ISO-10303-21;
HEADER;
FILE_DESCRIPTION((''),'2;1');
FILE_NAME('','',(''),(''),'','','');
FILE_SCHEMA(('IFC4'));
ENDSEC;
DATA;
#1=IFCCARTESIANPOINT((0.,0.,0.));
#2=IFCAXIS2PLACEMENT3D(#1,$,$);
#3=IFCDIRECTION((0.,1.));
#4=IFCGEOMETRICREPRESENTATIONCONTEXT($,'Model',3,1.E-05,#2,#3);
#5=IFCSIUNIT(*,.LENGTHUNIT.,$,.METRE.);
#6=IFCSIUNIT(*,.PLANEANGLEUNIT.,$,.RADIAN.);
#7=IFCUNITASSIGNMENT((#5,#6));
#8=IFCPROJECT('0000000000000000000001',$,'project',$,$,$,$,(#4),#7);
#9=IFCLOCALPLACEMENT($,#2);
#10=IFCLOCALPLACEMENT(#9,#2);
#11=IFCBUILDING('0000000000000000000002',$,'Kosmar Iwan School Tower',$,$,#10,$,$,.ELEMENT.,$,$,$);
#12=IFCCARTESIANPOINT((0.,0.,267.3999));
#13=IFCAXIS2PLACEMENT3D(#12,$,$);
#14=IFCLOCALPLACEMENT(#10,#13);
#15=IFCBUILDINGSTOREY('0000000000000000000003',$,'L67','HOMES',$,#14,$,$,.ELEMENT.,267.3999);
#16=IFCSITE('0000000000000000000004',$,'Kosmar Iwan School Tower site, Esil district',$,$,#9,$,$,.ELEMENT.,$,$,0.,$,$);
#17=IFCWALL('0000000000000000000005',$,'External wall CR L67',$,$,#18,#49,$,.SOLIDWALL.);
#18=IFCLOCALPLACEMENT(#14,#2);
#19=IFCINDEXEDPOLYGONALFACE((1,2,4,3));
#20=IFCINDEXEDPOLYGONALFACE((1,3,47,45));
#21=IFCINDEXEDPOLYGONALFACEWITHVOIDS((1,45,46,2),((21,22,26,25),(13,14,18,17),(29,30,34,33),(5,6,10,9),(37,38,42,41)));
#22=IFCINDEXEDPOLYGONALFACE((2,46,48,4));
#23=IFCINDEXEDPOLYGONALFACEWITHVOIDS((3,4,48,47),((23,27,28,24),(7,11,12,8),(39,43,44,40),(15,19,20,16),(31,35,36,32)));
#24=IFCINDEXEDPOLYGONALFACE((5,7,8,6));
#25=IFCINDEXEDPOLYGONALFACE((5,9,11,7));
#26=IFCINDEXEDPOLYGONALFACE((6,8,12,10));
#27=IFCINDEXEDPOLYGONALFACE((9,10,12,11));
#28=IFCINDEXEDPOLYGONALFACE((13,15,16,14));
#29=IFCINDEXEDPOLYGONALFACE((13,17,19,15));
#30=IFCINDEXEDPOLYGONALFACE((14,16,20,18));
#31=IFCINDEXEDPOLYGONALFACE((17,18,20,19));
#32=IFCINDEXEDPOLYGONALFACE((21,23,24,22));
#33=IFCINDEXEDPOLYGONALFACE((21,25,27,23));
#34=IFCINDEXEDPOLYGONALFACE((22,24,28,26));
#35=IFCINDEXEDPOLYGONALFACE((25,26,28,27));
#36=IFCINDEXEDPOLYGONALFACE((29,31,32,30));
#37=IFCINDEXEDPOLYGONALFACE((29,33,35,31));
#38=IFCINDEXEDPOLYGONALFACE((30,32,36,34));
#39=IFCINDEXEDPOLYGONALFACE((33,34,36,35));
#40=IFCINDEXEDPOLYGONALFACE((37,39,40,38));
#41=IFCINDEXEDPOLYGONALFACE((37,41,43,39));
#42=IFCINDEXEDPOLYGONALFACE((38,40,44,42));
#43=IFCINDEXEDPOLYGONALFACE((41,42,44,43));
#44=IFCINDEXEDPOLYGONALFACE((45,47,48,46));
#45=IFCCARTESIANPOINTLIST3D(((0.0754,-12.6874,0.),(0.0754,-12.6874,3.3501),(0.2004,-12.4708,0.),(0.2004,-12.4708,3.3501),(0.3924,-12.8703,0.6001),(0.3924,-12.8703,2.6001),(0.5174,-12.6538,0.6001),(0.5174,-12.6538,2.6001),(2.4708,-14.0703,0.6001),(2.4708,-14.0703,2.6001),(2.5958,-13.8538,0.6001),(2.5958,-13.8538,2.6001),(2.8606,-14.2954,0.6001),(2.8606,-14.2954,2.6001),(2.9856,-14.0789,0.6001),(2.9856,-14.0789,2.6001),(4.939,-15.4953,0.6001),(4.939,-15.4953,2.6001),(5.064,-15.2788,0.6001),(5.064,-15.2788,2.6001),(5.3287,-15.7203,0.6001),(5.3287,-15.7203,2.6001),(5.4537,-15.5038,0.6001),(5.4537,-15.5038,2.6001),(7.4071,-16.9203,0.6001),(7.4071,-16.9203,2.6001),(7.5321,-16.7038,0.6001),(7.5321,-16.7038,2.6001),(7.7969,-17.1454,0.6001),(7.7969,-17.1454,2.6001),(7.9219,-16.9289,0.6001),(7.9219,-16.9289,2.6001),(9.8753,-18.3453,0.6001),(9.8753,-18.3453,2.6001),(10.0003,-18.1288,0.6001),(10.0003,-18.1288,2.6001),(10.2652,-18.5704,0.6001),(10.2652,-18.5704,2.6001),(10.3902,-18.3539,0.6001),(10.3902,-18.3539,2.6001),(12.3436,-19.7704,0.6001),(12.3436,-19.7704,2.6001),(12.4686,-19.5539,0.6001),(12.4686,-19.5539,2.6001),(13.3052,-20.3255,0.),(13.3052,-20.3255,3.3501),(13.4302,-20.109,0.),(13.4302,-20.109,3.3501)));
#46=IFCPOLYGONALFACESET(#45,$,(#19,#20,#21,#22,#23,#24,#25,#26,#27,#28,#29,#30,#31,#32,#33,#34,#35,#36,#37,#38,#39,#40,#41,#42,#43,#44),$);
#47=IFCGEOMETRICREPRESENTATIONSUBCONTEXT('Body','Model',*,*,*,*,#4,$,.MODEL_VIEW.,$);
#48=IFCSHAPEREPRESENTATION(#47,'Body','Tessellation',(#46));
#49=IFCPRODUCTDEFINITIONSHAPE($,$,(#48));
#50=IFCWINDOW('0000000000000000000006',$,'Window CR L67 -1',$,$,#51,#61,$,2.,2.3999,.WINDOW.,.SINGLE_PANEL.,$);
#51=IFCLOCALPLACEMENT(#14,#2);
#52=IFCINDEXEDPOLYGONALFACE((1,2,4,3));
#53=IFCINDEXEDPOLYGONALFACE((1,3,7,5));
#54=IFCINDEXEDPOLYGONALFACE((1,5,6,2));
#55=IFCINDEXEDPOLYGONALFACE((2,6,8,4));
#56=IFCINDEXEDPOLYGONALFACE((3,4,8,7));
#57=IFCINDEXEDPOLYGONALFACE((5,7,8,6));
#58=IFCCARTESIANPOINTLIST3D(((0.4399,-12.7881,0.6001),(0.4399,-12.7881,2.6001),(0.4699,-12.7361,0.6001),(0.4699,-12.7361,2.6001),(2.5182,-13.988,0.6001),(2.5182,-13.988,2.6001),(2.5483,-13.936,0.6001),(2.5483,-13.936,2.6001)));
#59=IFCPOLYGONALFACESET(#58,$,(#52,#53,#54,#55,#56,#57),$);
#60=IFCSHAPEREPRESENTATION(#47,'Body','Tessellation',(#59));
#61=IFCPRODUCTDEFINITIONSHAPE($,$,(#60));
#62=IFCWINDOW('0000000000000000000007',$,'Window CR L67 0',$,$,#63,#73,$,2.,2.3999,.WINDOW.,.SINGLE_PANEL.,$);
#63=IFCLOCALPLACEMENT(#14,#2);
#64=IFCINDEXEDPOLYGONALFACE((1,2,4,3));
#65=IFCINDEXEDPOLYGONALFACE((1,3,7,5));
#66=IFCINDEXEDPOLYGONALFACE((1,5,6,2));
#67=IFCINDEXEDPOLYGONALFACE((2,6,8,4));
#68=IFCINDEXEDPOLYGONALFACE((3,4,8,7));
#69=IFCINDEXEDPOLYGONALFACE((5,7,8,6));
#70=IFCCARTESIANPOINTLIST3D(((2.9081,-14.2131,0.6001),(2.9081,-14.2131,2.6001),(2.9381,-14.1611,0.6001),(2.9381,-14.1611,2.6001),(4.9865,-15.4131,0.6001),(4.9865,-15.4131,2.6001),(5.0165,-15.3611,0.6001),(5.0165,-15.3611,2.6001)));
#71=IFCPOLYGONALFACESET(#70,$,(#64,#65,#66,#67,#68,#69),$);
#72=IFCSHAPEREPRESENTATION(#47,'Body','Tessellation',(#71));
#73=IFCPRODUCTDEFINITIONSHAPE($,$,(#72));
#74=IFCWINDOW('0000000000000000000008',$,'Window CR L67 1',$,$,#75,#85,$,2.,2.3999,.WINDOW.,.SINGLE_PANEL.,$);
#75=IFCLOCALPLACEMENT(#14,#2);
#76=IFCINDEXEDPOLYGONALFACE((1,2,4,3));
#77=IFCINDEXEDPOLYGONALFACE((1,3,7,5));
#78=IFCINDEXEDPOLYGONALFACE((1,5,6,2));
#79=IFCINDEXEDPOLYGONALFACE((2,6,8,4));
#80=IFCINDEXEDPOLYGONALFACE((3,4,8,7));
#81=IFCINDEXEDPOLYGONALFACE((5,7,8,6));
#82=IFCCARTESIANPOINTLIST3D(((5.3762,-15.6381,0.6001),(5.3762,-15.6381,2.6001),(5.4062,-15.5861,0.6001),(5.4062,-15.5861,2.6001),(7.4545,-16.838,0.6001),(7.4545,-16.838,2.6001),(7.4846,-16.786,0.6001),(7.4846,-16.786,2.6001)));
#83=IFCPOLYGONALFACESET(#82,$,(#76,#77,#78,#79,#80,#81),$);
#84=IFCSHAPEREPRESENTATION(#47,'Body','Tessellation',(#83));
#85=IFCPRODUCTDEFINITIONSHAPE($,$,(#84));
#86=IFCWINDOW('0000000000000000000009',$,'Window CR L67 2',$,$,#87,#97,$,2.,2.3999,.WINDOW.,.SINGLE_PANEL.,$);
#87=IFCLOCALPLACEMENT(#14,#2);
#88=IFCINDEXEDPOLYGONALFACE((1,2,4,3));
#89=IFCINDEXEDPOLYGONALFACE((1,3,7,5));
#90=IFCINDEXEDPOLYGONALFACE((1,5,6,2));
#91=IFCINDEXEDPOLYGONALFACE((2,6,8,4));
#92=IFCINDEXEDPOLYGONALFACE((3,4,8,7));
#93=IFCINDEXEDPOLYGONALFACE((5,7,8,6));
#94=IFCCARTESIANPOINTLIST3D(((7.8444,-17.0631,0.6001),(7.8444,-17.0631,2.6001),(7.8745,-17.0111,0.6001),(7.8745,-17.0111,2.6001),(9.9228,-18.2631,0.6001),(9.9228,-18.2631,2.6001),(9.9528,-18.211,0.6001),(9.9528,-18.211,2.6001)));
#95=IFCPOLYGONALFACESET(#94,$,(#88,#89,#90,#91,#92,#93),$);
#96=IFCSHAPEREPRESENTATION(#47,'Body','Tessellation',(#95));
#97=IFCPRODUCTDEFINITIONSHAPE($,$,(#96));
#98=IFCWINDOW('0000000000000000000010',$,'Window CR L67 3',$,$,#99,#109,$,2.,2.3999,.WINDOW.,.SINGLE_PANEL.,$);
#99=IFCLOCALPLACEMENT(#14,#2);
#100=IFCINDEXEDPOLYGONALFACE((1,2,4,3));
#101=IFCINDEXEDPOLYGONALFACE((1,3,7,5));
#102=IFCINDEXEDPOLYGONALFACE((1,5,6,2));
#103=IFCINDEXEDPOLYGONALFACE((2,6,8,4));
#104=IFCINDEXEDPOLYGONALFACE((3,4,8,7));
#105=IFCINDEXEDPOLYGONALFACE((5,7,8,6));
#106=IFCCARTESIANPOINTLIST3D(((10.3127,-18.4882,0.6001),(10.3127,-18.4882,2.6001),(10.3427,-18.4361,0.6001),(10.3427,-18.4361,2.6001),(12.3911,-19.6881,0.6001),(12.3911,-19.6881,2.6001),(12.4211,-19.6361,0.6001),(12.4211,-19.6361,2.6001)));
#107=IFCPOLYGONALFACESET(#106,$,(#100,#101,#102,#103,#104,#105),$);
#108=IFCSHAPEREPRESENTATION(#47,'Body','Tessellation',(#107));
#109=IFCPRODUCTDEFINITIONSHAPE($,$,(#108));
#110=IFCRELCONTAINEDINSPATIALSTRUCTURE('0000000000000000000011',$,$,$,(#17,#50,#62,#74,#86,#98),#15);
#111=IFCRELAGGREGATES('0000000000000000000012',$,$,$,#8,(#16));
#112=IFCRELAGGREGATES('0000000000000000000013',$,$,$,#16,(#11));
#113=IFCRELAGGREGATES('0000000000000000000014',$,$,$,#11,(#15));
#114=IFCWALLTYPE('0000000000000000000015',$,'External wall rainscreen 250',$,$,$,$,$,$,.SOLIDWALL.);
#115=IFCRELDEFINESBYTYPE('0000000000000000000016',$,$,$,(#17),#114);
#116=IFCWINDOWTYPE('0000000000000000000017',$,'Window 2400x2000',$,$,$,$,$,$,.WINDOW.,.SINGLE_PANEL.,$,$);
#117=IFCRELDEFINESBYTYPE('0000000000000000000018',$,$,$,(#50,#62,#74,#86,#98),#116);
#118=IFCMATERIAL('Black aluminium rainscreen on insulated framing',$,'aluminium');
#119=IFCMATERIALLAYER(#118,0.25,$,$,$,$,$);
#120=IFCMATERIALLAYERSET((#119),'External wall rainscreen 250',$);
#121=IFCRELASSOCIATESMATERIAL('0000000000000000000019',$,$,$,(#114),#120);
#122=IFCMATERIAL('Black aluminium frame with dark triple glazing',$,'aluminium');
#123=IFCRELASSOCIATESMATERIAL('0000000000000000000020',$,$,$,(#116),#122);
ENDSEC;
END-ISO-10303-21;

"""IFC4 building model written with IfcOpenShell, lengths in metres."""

from ifc_helpers import new_model, si_unit, direction, frame, frame_2d, origin, place, context, subcontext, project, spatial, rectangle, extrude, material, layer, layer_set, type_object, element, fill, save


model = new_model("IFC4")

# Units and contexts
model_context = context("Model", 3, precision=1e-05, world=origin(), true_north=direction((0.0, 1.0)))
body_context = subcontext(model_context, "Body", "Model", "MODEL_VIEW")
ifc_project = project(units=[si_unit("LENGTHUNIT", "METRE"), si_unit("PLANEANGLEUNIT", "RADIAN")], contexts=[model_context])

# Site, building, storey
site_placement = place(None, origin())
site = spatial("IfcSite", under=ifc_project, at=site_placement, Name="Kosmar Iwan School Tower site, Esil district", CompositionType="ELEMENT", RefElevation=0.0)
building_placement = place(site_placement, origin())
building = spatial("IfcBuilding", under=site, at=building_placement, Name="Kosmar Iwan School Tower", CompositionType="ELEMENT")
storey_placement = place(building_placement, frame((0.0, 0.0, 267.3999)))
storey = spatial("IfcBuildingStorey", under=building, at=storey_placement, Name="L67", Description="HOMES", CompositionType="ELEMENT", Elevation=267.3999)

# Wall, openings, windows
ifc_material_1 = material(Name="Black aluminium rainscreen on insulated framing", Category="aluminium")
ifc_layer_1 = layer(ifc_material_1, 0.25)
ifc_layer_set_1 = layer_set([ifc_layer_1], Name="External wall rainscreen 250")
wall_type_1 = type_object("IfcWallType", Name="External wall rainscreen 250", PredefinedType="SOLIDWALL", material=ifc_layer_set_1)
ifc_material_2 = material(Name="Black aluminium frame with dark triple glazing", Category="aluminium")
window_type = type_object("IfcWindowType", Name="Window 2400x2000", PartitioningType="SINGLE_PANEL", PredefinedType="WINDOW", material=ifc_material_2)
wall_1_placement = place(storey_placement, frame((0.1379, -12.5791, 0.0), z_axis=(0.0, 0.0, 1.0), x_axis=(0.866026, -0.5, 0.0)))
wall_1 = element("IfcWall", 1, at=wall_1_placement, inside=storey, type_object=wall_type_1, Name="External wall CR L67", PredefinedType="SOLIDWALL", context=body_context, shape_type="SweptSolid", body=[
    extrude(rectangle(XDim=15.2764, YDim=0.25, at=frame_2d((7.6382, 0.0))), origin(), (0.0, 0.0, 1.0), 3.3501),
])
opening_1_placement = place(wall_1_placement, frame((0.366, 0.0, 0.6001)))
opening_1 = element("IfcOpeningElement", 2, at=opening_1_placement, cuts=wall_1, PredefinedType="OPENING", context=body_context, shape_type="SweptSolid", body=[
    extrude(rectangle(XDim=2.3999, YDim=2.0, at=frame_2d((1.2, 1.0))), frame((0.0, 0.137, 0.0), z_axis=(0.0, -1.0, 0.0), x_axis=(1.0, 0.0, 0.0)), (0.0, 0.0, 1.0), 0.2739),
])
opening_2_placement = place(wall_1_placement, frame((3.2161, 0.0, 0.6001)))
opening_2 = element("IfcOpeningElement", 3, at=opening_2_placement, cuts=wall_1, PredefinedType="OPENING", context=body_context, shape_type="SweptSolid", body=[
    extrude(rectangle(XDim=2.3999, YDim=2.0, at=frame_2d((1.2, 1.0))), frame((0.0, 0.137, 0.0), z_axis=(0.0, -1.0, 0.0), x_axis=(1.0, 0.0, 0.0)), (0.0, 0.0, 1.0), 0.2739),
])
opening_3_placement = place(wall_1_placement, frame((6.0659, 0.0, 0.6001)))
opening_3 = element("IfcOpeningElement", 4, at=opening_3_placement, cuts=wall_1, PredefinedType="OPENING", context=body_context, shape_type="SweptSolid", body=[
    extrude(rectangle(XDim=2.3999, YDim=2.0, at=frame_2d((1.2, 1.0))), frame((0.0, 0.137, 0.0), z_axis=(0.0, -1.0, 0.0), x_axis=(1.0, 0.0, 0.0)), (0.0, 0.0, 1.0), 0.2739),
])
opening_4_placement = place(wall_1_placement, frame((8.916, 0.0, 0.6001)))
opening_4 = element("IfcOpeningElement", 5, at=opening_4_placement, cuts=wall_1, PredefinedType="OPENING", context=body_context, shape_type="SweptSolid", body=[
    extrude(rectangle(XDim=2.3999, YDim=2.0, at=frame_2d((1.2, 1.0))), frame((0.0, 0.137, 0.0), z_axis=(0.0, -1.0, 0.0), x_axis=(1.0, 0.0, 0.0)), (0.0, 0.0, 1.0), 0.2739),
])
opening_5_placement = place(wall_1_placement, frame((11.7661, 0.0, 0.6001)))
opening_5 = element("IfcOpeningElement", 6, at=opening_5_placement, cuts=wall_1, PredefinedType="OPENING", context=body_context, shape_type="SweptSolid", body=[
    extrude(rectangle(XDim=2.3999, YDim=2.0, at=frame_2d((1.2, 1.0))), frame((0.0, 0.137, 0.0), z_axis=(0.0, -1.0, 0.0), x_axis=(1.0, 0.0, 0.0)), (0.0, 0.0, 1.0), 0.2739),
])
window_1_placement = place(opening_1_placement, origin())
window_1 = element("IfcWindow", 7, at=window_1_placement, inside=storey, type_object=window_type, Name="Window CR L67 -1", OverallHeight=2.0, OverallWidth=2.3999, PartitioningType="SINGLE_PANEL", PredefinedType="WINDOW", context=body_context, shape_type="SweptSolid", body=[
    extrude(rectangle(XDim=2.3999, YDim=2.0, at=frame_2d((1.2, 1.0))), frame((0.0, 0.03, 0.0), z_axis=(0.0, -1.0, 0.0), x_axis=(1.0, 0.0, 0.0)), (0.0, 0.0, 1.0), 0.0601),
])
fill(opening_1, window_1)
window_2_placement = place(opening_2_placement, origin())
window_2 = element("IfcWindow", 8, at=window_2_placement, inside=storey, type_object=window_type, Name="Window CR L67 0", OverallHeight=2.0, OverallWidth=2.3999, PartitioningType="SINGLE_PANEL", PredefinedType="WINDOW", context=body_context, shape_type="SweptSolid", body=[
    extrude(rectangle(XDim=2.3999, YDim=2.0, at=frame_2d((1.2, 1.0))), frame((0.0, 0.03, 0.0), z_axis=(0.0, -1.0, 0.0), x_axis=(1.0, 0.0, 0.0)), (0.0, 0.0, 1.0), 0.0601),
])
fill(opening_2, window_2)
window_3_placement = place(opening_3_placement, origin())
window_3 = element("IfcWindow", 9, at=window_3_placement, inside=storey, type_object=window_type, Name="Window CR L67 1", OverallHeight=2.0, OverallWidth=2.3999, PartitioningType="SINGLE_PANEL", PredefinedType="WINDOW", context=body_context, shape_type="SweptSolid", body=[
    extrude(rectangle(XDim=2.3999, YDim=2.0, at=frame_2d((1.2, 1.0))), frame((0.0, 0.03, 0.0), z_axis=(0.0, -1.0, 0.0), x_axis=(1.0, 0.0, 0.0)), (0.0, 0.0, 1.0), 0.0601),
])
fill(opening_3, window_3)
window_4_placement = place(opening_4_placement, origin())
window_4 = element("IfcWindow", 10, at=window_4_placement, inside=storey, type_object=window_type, Name="Window CR L67 2", OverallHeight=2.0, OverallWidth=2.3999, PartitioningType="SINGLE_PANEL", PredefinedType="WINDOW", context=body_context, shape_type="SweptSolid", body=[
    extrude(rectangle(XDim=2.3999, YDim=2.0, at=frame_2d((1.2, 1.0))), frame((0.0, 0.03, 0.0), z_axis=(0.0, -1.0, 0.0), x_axis=(1.0, 0.0, 0.0)), (0.0, 0.0, 1.0), 0.0601),
])
fill(opening_4, window_4)
window_5_placement = place(opening_5_placement, origin())
window_5 = element("IfcWindow", 11, at=window_5_placement, inside=storey, type_object=window_type, Name="Window CR L67 3", OverallHeight=2.0, OverallWidth=2.3999, PartitioningType="SINGLE_PANEL", PredefinedType="WINDOW", context=body_context, shape_type="SweptSolid", body=[
    extrude(rectangle(XDim=2.3999, YDim=2.0, at=frame_2d((1.2, 1.0))), frame((0.0, 0.03, 0.0), z_axis=(0.0, -1.0, 0.0), x_axis=(1.0, 0.0, 0.0)), (0.0, 0.0, 1.0), 0.0601),
])
fill(opening_5, window_5)

save(model, "model.ifc")
